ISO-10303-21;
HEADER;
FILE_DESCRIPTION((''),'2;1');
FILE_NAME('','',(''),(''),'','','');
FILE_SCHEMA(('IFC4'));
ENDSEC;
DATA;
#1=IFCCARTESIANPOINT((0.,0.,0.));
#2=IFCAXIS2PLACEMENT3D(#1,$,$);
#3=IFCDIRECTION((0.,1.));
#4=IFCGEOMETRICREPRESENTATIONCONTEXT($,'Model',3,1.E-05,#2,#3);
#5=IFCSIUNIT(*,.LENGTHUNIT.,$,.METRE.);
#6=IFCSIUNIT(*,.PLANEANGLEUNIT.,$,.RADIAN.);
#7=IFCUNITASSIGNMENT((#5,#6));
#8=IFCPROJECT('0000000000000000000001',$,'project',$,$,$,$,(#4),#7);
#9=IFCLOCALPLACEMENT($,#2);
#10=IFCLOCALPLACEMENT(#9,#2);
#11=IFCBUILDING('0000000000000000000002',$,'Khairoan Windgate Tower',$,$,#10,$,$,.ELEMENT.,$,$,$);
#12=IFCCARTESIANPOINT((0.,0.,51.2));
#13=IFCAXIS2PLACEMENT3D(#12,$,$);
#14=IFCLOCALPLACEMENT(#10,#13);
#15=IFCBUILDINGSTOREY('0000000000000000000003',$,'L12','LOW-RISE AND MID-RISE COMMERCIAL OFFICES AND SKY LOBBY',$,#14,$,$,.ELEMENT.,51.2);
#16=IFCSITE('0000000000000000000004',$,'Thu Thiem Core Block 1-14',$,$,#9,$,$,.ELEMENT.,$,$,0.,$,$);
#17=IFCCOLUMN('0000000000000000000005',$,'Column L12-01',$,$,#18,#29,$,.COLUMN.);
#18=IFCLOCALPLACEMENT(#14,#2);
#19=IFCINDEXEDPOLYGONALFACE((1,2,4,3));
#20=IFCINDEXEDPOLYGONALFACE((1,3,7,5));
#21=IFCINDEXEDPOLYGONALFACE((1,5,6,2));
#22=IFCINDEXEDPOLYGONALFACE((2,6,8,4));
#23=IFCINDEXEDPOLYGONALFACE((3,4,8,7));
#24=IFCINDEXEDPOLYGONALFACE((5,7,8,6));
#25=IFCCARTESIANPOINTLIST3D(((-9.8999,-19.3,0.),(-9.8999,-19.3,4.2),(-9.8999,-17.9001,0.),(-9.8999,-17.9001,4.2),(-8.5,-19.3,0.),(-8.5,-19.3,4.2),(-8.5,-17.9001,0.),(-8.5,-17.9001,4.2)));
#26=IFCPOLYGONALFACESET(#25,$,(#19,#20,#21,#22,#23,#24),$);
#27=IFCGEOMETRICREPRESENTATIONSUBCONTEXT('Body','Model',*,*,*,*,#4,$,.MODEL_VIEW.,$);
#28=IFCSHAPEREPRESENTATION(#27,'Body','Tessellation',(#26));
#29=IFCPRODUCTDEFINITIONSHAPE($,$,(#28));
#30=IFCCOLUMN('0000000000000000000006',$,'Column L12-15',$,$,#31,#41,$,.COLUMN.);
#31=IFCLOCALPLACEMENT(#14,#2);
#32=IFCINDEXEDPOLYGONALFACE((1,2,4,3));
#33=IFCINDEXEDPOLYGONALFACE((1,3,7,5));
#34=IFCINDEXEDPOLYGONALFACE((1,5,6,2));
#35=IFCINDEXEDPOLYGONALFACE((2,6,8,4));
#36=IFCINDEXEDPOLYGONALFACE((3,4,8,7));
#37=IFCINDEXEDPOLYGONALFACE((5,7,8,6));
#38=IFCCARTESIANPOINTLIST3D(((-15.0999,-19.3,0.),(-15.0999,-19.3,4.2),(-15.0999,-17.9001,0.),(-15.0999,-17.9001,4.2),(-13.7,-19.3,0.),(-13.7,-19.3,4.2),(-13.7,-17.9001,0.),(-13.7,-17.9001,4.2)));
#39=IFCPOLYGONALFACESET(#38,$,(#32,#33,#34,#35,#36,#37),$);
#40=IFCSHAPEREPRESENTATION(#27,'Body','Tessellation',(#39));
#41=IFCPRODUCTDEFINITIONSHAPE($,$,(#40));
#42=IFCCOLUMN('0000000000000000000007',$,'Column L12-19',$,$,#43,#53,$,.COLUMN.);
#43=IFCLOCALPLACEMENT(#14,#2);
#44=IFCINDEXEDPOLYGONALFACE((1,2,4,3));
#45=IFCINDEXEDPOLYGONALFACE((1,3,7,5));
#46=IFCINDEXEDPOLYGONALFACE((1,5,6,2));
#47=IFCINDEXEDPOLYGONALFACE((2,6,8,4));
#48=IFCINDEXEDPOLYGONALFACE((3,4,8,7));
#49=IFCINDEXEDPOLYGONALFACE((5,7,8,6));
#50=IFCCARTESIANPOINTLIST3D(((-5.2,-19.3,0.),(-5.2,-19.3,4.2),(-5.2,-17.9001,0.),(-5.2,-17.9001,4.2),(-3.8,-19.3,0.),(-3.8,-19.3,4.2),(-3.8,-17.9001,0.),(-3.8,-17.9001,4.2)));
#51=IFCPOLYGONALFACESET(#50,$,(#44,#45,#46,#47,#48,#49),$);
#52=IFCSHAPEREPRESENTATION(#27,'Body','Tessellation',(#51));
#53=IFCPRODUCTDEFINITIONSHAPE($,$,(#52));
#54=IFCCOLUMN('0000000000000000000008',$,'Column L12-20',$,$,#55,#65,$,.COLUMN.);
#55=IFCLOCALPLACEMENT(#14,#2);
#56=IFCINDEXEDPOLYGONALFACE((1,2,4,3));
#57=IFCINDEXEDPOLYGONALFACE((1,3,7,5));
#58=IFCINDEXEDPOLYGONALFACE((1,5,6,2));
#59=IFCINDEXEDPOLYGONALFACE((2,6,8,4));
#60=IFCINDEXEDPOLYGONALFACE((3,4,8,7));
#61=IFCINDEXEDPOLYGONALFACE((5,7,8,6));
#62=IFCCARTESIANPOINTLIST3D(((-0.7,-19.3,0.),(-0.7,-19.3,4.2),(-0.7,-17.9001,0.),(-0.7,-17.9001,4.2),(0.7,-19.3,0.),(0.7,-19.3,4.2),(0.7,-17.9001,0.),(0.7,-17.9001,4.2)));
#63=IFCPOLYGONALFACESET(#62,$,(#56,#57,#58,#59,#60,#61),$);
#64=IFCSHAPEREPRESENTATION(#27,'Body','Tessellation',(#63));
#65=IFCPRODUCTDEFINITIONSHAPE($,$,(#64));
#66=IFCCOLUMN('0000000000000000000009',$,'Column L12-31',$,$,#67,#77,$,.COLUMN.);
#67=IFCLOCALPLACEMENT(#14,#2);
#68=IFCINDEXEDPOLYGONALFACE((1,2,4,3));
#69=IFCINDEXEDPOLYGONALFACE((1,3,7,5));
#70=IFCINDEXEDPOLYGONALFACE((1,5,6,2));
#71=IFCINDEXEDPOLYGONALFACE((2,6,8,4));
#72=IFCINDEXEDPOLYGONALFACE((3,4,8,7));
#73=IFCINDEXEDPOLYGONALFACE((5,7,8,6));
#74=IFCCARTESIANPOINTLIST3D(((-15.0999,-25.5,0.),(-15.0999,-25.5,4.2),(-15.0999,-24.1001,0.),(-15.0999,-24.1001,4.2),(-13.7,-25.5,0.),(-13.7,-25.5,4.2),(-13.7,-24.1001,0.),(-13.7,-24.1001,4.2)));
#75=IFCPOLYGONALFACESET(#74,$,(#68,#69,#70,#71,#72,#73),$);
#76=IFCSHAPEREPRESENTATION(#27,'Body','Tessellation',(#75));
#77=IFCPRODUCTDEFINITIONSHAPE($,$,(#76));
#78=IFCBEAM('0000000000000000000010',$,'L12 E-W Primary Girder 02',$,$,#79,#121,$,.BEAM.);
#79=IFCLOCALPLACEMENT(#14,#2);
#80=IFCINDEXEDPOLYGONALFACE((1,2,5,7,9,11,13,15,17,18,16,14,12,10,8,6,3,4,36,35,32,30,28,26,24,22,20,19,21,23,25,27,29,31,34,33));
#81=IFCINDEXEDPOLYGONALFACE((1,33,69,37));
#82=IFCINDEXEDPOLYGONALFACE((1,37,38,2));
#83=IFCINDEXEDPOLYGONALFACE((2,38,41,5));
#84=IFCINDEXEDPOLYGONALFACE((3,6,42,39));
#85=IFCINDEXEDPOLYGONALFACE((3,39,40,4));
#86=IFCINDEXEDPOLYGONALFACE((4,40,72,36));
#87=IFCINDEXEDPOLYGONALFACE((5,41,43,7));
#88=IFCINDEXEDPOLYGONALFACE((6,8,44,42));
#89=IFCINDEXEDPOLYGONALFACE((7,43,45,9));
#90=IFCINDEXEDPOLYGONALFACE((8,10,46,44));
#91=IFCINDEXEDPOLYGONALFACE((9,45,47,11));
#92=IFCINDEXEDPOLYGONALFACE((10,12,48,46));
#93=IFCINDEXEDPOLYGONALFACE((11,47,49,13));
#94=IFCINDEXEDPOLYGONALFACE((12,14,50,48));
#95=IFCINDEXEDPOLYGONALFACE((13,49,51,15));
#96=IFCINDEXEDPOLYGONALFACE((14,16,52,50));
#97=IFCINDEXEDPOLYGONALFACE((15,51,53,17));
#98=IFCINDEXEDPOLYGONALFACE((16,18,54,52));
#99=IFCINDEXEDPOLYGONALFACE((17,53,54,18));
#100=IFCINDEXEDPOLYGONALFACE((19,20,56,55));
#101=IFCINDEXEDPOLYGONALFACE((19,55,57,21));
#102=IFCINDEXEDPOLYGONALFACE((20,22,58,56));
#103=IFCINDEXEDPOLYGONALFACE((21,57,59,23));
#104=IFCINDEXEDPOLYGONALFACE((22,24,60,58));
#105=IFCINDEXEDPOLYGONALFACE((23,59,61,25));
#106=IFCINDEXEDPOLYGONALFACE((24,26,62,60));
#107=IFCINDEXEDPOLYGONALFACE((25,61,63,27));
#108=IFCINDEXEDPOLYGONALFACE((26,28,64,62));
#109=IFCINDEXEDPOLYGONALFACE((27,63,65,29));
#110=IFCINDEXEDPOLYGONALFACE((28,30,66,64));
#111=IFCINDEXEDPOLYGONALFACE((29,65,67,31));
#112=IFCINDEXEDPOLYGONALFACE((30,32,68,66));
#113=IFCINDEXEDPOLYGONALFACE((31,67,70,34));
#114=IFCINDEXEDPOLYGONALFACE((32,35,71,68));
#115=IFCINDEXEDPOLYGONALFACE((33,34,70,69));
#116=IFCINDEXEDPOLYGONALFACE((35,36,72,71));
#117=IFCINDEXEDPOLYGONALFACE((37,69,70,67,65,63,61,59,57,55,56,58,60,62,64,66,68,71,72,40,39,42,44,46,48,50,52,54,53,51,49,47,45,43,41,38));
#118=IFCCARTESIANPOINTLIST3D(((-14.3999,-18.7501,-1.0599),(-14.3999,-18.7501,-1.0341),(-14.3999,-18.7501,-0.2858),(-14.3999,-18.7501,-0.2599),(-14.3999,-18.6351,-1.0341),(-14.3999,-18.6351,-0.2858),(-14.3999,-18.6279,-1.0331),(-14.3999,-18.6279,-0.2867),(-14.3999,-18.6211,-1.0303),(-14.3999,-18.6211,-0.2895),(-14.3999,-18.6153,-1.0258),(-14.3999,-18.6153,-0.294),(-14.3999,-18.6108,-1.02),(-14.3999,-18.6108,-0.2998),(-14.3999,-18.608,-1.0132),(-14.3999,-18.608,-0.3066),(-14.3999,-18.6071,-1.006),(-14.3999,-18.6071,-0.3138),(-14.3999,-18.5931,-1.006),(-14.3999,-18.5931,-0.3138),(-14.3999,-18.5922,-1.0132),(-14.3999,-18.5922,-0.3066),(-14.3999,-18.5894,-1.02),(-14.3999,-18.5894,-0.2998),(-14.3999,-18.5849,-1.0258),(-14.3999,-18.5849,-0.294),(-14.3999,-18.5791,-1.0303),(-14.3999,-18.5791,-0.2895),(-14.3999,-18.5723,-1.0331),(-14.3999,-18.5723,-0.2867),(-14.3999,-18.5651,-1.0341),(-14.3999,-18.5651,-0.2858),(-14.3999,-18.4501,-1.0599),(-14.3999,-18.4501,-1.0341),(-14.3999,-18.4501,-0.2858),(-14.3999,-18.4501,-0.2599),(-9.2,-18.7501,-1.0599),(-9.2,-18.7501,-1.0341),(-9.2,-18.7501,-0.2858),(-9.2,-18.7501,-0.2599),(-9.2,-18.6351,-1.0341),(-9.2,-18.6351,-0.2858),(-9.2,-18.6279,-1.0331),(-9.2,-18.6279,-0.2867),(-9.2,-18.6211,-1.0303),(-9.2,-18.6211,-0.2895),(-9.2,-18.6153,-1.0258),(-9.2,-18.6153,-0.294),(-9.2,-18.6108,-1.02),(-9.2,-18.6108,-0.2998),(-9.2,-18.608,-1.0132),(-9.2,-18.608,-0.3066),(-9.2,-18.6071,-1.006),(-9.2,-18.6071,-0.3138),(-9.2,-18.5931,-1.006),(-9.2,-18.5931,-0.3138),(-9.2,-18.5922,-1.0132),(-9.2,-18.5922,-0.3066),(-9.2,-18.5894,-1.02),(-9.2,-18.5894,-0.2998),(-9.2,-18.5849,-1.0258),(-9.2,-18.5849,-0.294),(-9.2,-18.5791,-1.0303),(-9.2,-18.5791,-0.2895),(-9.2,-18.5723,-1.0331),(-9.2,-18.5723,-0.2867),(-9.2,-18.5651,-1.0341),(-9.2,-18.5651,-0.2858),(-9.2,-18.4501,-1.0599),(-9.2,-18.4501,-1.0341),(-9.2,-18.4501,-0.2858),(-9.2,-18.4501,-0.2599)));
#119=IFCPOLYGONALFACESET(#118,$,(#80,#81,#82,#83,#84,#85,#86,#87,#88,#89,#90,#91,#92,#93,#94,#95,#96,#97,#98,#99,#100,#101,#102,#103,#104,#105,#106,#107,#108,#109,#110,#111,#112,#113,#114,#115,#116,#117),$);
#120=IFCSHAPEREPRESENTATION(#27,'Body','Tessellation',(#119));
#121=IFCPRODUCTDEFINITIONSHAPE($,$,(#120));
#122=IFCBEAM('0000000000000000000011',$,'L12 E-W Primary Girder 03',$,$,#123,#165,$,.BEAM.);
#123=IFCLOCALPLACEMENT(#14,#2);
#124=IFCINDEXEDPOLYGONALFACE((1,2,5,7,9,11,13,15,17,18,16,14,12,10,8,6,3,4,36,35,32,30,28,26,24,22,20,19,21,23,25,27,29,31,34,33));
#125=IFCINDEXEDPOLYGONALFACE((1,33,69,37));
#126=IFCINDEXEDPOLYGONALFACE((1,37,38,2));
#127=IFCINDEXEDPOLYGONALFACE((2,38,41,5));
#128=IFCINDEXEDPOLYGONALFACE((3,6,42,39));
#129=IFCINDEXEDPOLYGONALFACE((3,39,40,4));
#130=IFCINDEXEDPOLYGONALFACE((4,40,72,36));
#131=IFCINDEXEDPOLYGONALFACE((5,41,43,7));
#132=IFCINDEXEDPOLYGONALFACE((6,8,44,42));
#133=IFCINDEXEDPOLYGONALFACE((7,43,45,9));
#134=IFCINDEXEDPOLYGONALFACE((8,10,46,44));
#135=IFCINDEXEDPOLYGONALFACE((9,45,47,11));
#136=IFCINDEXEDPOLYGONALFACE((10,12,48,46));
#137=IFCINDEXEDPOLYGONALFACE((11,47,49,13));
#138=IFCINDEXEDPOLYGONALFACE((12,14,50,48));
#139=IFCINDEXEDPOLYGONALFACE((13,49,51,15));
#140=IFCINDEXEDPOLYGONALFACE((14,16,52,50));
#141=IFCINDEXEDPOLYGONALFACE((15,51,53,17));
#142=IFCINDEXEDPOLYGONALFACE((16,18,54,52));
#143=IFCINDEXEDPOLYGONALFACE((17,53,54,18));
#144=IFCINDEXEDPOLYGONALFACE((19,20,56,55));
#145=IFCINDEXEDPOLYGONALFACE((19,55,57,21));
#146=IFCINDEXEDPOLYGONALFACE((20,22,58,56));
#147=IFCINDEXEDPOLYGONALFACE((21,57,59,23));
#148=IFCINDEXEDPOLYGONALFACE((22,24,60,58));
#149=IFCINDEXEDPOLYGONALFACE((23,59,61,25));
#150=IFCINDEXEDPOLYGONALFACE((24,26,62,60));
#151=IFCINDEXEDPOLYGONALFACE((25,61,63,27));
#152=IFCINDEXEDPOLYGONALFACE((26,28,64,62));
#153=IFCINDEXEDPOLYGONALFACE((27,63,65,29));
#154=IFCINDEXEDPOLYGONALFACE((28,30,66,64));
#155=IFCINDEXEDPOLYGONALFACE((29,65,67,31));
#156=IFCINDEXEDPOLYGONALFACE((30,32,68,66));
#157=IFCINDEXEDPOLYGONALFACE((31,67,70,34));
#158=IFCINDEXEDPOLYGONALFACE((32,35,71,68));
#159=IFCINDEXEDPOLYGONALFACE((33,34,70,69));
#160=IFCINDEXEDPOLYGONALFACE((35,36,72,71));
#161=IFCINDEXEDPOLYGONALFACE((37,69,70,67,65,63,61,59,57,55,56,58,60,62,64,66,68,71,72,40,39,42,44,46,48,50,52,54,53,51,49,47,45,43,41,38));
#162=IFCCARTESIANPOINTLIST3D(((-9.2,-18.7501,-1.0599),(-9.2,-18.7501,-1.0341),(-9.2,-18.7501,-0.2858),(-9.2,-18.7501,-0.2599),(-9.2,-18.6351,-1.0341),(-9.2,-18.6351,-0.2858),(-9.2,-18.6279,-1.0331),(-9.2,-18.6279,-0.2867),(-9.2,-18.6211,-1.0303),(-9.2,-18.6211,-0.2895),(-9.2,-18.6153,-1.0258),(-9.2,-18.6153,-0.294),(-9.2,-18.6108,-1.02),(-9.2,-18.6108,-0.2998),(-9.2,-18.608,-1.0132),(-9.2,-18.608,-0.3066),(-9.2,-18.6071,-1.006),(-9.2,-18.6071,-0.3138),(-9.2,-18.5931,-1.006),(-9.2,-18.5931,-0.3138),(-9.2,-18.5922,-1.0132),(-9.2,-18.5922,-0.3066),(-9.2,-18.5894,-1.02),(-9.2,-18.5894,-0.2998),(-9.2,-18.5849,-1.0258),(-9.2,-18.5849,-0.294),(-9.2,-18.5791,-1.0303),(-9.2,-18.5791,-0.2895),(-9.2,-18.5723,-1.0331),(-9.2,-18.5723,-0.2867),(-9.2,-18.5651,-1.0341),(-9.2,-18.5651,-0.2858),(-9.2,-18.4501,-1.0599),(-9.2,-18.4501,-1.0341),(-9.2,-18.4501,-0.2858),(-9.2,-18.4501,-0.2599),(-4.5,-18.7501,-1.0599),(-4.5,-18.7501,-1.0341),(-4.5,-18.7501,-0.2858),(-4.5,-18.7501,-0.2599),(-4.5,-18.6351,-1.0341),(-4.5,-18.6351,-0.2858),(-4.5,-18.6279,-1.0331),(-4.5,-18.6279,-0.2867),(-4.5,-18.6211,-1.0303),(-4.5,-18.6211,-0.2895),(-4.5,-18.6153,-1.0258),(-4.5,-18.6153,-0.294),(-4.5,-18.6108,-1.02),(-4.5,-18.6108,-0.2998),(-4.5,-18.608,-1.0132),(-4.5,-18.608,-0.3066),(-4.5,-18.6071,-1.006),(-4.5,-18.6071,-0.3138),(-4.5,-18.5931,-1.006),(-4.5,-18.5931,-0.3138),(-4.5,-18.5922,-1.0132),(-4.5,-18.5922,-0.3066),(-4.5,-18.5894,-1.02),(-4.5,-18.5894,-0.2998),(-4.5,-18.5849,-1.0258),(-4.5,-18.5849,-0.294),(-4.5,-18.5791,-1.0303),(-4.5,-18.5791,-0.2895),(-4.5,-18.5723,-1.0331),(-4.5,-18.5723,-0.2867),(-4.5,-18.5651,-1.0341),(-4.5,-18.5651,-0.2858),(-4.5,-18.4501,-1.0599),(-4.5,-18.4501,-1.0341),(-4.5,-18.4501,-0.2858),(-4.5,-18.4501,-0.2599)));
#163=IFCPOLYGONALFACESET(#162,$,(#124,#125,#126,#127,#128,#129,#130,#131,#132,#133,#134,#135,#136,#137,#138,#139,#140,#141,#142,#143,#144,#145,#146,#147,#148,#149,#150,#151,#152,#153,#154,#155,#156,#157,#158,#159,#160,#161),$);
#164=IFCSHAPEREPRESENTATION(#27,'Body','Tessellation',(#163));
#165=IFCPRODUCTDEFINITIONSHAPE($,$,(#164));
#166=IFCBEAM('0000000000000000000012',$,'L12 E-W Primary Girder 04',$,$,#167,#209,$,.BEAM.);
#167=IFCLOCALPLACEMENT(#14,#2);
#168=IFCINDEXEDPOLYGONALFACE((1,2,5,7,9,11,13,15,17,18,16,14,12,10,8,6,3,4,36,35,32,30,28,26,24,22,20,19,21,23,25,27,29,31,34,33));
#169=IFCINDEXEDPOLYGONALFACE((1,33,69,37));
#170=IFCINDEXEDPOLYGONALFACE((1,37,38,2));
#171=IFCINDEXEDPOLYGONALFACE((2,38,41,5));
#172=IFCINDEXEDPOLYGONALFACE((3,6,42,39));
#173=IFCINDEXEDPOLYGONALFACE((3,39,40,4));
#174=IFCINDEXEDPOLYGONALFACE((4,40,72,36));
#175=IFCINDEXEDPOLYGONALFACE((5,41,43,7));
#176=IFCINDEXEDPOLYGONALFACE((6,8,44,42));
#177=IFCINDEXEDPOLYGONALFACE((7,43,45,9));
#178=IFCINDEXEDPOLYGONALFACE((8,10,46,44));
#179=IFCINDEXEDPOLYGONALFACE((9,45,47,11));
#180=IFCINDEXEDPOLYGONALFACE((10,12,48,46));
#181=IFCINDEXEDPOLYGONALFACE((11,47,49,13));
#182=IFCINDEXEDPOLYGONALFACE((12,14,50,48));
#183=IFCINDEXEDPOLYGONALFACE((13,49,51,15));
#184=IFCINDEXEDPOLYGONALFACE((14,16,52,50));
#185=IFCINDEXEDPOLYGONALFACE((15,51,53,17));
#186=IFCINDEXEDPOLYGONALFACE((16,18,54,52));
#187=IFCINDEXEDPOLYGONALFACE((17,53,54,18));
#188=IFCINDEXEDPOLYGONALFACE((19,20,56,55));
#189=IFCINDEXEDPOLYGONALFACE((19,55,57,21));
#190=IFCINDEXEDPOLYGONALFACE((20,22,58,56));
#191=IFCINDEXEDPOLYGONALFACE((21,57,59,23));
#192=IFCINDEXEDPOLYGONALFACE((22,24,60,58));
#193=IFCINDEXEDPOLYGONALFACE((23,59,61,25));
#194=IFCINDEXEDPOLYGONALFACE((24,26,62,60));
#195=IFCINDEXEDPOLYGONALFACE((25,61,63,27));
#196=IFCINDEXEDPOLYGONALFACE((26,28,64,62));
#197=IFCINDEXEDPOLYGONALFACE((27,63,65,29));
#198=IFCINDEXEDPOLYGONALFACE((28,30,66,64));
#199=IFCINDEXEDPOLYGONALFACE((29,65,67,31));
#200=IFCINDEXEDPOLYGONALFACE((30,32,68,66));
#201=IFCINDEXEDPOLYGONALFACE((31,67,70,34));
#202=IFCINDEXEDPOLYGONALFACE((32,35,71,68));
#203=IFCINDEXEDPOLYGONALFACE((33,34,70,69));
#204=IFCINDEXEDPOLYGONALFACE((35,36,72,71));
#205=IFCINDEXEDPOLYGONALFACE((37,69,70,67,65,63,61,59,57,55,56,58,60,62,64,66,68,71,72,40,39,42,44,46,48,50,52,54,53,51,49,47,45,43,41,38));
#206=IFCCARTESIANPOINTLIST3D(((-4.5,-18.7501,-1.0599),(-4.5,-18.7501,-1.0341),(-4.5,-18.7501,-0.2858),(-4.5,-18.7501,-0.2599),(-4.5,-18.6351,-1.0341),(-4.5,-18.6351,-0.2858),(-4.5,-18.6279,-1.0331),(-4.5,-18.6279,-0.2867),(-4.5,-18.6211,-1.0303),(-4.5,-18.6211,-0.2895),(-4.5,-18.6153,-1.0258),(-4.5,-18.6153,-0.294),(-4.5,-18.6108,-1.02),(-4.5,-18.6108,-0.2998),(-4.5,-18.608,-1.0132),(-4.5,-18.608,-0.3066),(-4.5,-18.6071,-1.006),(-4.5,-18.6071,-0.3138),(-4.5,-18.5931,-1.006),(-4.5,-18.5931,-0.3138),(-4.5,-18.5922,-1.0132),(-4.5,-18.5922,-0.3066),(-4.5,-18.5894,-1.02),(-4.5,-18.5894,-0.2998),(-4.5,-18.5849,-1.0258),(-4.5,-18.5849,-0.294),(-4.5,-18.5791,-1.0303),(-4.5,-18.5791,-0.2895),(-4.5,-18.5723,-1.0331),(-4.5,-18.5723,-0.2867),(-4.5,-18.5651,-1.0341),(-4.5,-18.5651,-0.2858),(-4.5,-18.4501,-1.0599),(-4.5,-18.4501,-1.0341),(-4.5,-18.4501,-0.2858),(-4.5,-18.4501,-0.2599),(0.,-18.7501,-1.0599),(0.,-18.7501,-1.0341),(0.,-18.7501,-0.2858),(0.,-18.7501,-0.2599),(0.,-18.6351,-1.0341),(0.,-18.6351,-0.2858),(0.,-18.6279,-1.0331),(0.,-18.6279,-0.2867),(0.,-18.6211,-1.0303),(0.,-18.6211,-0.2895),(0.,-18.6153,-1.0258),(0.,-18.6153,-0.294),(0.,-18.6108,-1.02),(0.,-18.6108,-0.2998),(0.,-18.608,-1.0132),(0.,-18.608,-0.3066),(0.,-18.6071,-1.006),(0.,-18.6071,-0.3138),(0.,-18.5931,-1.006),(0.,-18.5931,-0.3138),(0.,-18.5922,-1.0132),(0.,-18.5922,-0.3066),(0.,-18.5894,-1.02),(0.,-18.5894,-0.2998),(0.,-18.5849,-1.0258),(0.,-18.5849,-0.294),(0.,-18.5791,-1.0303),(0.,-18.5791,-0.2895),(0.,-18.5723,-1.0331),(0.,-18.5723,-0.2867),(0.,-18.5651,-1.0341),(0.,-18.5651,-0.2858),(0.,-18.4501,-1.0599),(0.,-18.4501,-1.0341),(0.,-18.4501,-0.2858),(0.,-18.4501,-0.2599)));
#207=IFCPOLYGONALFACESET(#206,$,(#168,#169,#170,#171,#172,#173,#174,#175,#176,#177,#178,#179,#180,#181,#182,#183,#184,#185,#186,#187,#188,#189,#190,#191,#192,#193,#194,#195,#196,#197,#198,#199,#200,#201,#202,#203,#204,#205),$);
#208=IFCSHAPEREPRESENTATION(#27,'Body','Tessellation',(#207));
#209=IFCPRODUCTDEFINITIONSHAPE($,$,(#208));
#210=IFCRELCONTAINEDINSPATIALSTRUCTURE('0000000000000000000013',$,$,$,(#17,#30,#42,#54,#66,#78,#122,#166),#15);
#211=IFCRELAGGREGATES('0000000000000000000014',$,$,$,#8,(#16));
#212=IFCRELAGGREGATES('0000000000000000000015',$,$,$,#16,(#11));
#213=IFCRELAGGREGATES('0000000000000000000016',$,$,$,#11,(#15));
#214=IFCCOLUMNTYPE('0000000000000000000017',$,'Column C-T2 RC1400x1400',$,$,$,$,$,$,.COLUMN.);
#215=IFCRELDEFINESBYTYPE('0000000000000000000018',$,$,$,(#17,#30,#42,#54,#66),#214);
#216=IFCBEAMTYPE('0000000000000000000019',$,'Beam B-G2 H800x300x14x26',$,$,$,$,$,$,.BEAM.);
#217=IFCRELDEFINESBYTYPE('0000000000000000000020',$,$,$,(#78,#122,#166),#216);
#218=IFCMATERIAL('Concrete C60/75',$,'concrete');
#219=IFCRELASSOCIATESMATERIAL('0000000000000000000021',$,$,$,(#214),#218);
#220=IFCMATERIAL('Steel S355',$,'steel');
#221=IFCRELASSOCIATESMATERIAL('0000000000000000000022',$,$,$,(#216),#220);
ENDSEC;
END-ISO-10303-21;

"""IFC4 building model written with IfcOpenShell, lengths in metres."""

from ifc_helpers import new_model, si_unit, direction, frame, origin, origin_2d, place, context, subcontext, project, spatial, rectangle, i_section, extrude, material, material_profile, profile_set, type_object, element, save


model = new_model("IFC4")

# Units and contexts
model_context = context("Model", 3, precision=1e-05, world=origin(), true_north=direction((0.0, 1.0)))
body_context = subcontext(model_context, "Body", "Model", "MODEL_VIEW")
ifc_project = project(units=[si_unit("LENGTHUNIT", "METRE"), si_unit("PLANEANGLEUNIT", "RADIAN")], contexts=[model_context])

# Site, building, storey
site_placement = place(None, origin())
site = spatial("IfcSite", under=ifc_project, at=site_placement, Name="Thu Thiem Core Block 1-14", CompositionType="ELEMENT", RefElevation=0.0)
building_placement = place(site_placement, origin())
building = spatial("IfcBuilding", under=site, at=building_placement, Name="Khairoan Windgate Tower", CompositionType="ELEMENT")
storey_placement = place(building_placement, frame((0.0, 0.0, 51.2)))
storey = spatial("IfcBuildingStorey", under=building, at=storey_placement, Name="L12", Description="LOW-RISE AND MID-RISE COMMERCIAL OFFICES AND SKY LOBBY", CompositionType="ELEMENT", Elevation=51.2)

# Columns
ifc_material_1 = material(Name="Concrete C60/75", Category="concrete")
ifc_material_profile_1 = material_profile(ifc_material_1, rectangle(XDim=1.3999, YDim=1.3999, at=origin_2d()))
ifc_profile_set_1 = profile_set([ifc_material_profile_1], Name="Concrete C60/75")
column_type = type_object("IfcColumnType", Name="Column C-T2 RC1400x1400", PredefinedType="COLUMN", material=ifc_profile_set_1)
for number, where, z_axis, x_axis, name in (
    (1, (-9.2, -18.6001, 0.0), (0.0, 0.0, 1.0), (1.0, 0.0, 0.0), "Column L12-01"),
    (2, (-14.3999, -18.6001, 0.0), (0.0, 0.0, 1.0), (1.0, 0.0, 0.0), "Column L12-15"),
    (3, (-4.5, -18.6001, 0.0), (0.0, 0.0, 1.0), (1.0, 0.0, 0.0), "Column L12-19"),
    (4, (0.0, -18.6001, 0.0), (0.0, 0.0, 1.0), (1.0, 0.0, 0.0), "Column L12-20"),
    (5, (-14.3999, -24.8, 0.0), (0.0, 0.0, 1.0), (1.0, 0.0, 0.0), "Column L12-31"),
):
    element("IfcColumn", number, at=place(storey_placement, frame(where, z_axis=z_axis, x_axis=x_axis)), inside=storey, type_object=column_type, Name=name, PredefinedType="COLUMN", context=body_context, shape_type="SweptSolid", body=[
        extrude(rectangle(XDim=1.3999, YDim=1.3999, at=origin_2d()), origin(), (0.0, 0.0, 1.0), 4.2),
    ])

# Beams
ifc_material_2 = material(Name="Steel S355", Category="steel")
ifc_material_profile_2 = material_profile(ifc_material_2, i_section(OverallWidth=0.3, OverallDepth=0.8, WebThickness=0.0139, FlangeThickness=0.0259, FilletRadius=0.0281, at=origin_2d()))
ifc_profile_set_2 = profile_set([ifc_material_profile_2], Name="Steel S355")
beam_type_1 = type_object("IfcBeamType", Name="Beam B-G2 H800x300x14x26", PredefinedType="BEAM", material=ifc_profile_set_2)
beam_1_placement = place(storey_placement, frame((-14.3999, -18.6001, -0.6599), z_axis=(1.0, 0.0, 0.0), x_axis=(0.0, 1.0, 0.0)))
element("IfcBeam", 6, at=beam_1_placement, inside=storey, type_object=beam_type_1, Name="L12 E-W Primary Girder 02", PredefinedType="BEAM", context=body_context, shape_type="SweptSolid", body=[
    extrude(i_section(OverallWidth=0.3, OverallDepth=0.8, WebThickness=0.0139, FlangeThickness=0.0259, FilletRadius=0.0281, at=origin_2d()), origin(), (0.0, 0.0, 1.0), 5.2),
])
beam_2_placement = place(storey_placement, frame((-9.2, -18.6001, -0.6599), z_axis=(1.0, 0.0, 0.0), x_axis=(0.0, 1.0, 0.0)))
element("IfcBeam", 7, at=beam_2_placement, inside=storey, type_object=beam_type_1, Name="L12 E-W Primary Girder 03", PredefinedType="BEAM", context=body_context, shape_type="SweptSolid", body=[
    extrude(i_section(OverallWidth=0.3, OverallDepth=0.8, WebThickness=0.0139, FlangeThickness=0.0259, FilletRadius=0.0281, at=origin_2d()), origin(), (0.0, 0.0, 1.0), 4.7),
])
for number, where, z_axis, x_axis, name in (
    (8, (-4.5, -18.6001, -0.6599), (1.0, 0.0, 0.0), (0.0, 1.0, 0.0), "L12 E-W Primary Girder 04"),
):
    element("IfcBeam", number, at=place(storey_placement, frame(where, z_axis=z_axis, x_axis=x_axis)), inside=storey, type_object=beam_type_1, Name=name, PredefinedType="BEAM", context=body_context, shape_type="SweptSolid", body=[
        extrude(i_section(OverallWidth=0.3, OverallDepth=0.8, WebThickness=0.0139, FlangeThickness=0.0259, FilletRadius=0.0281, at=origin_2d()), origin(), (0.0, 0.0, 1.0), 4.5),
    ])

save(model, "model.ifc")
